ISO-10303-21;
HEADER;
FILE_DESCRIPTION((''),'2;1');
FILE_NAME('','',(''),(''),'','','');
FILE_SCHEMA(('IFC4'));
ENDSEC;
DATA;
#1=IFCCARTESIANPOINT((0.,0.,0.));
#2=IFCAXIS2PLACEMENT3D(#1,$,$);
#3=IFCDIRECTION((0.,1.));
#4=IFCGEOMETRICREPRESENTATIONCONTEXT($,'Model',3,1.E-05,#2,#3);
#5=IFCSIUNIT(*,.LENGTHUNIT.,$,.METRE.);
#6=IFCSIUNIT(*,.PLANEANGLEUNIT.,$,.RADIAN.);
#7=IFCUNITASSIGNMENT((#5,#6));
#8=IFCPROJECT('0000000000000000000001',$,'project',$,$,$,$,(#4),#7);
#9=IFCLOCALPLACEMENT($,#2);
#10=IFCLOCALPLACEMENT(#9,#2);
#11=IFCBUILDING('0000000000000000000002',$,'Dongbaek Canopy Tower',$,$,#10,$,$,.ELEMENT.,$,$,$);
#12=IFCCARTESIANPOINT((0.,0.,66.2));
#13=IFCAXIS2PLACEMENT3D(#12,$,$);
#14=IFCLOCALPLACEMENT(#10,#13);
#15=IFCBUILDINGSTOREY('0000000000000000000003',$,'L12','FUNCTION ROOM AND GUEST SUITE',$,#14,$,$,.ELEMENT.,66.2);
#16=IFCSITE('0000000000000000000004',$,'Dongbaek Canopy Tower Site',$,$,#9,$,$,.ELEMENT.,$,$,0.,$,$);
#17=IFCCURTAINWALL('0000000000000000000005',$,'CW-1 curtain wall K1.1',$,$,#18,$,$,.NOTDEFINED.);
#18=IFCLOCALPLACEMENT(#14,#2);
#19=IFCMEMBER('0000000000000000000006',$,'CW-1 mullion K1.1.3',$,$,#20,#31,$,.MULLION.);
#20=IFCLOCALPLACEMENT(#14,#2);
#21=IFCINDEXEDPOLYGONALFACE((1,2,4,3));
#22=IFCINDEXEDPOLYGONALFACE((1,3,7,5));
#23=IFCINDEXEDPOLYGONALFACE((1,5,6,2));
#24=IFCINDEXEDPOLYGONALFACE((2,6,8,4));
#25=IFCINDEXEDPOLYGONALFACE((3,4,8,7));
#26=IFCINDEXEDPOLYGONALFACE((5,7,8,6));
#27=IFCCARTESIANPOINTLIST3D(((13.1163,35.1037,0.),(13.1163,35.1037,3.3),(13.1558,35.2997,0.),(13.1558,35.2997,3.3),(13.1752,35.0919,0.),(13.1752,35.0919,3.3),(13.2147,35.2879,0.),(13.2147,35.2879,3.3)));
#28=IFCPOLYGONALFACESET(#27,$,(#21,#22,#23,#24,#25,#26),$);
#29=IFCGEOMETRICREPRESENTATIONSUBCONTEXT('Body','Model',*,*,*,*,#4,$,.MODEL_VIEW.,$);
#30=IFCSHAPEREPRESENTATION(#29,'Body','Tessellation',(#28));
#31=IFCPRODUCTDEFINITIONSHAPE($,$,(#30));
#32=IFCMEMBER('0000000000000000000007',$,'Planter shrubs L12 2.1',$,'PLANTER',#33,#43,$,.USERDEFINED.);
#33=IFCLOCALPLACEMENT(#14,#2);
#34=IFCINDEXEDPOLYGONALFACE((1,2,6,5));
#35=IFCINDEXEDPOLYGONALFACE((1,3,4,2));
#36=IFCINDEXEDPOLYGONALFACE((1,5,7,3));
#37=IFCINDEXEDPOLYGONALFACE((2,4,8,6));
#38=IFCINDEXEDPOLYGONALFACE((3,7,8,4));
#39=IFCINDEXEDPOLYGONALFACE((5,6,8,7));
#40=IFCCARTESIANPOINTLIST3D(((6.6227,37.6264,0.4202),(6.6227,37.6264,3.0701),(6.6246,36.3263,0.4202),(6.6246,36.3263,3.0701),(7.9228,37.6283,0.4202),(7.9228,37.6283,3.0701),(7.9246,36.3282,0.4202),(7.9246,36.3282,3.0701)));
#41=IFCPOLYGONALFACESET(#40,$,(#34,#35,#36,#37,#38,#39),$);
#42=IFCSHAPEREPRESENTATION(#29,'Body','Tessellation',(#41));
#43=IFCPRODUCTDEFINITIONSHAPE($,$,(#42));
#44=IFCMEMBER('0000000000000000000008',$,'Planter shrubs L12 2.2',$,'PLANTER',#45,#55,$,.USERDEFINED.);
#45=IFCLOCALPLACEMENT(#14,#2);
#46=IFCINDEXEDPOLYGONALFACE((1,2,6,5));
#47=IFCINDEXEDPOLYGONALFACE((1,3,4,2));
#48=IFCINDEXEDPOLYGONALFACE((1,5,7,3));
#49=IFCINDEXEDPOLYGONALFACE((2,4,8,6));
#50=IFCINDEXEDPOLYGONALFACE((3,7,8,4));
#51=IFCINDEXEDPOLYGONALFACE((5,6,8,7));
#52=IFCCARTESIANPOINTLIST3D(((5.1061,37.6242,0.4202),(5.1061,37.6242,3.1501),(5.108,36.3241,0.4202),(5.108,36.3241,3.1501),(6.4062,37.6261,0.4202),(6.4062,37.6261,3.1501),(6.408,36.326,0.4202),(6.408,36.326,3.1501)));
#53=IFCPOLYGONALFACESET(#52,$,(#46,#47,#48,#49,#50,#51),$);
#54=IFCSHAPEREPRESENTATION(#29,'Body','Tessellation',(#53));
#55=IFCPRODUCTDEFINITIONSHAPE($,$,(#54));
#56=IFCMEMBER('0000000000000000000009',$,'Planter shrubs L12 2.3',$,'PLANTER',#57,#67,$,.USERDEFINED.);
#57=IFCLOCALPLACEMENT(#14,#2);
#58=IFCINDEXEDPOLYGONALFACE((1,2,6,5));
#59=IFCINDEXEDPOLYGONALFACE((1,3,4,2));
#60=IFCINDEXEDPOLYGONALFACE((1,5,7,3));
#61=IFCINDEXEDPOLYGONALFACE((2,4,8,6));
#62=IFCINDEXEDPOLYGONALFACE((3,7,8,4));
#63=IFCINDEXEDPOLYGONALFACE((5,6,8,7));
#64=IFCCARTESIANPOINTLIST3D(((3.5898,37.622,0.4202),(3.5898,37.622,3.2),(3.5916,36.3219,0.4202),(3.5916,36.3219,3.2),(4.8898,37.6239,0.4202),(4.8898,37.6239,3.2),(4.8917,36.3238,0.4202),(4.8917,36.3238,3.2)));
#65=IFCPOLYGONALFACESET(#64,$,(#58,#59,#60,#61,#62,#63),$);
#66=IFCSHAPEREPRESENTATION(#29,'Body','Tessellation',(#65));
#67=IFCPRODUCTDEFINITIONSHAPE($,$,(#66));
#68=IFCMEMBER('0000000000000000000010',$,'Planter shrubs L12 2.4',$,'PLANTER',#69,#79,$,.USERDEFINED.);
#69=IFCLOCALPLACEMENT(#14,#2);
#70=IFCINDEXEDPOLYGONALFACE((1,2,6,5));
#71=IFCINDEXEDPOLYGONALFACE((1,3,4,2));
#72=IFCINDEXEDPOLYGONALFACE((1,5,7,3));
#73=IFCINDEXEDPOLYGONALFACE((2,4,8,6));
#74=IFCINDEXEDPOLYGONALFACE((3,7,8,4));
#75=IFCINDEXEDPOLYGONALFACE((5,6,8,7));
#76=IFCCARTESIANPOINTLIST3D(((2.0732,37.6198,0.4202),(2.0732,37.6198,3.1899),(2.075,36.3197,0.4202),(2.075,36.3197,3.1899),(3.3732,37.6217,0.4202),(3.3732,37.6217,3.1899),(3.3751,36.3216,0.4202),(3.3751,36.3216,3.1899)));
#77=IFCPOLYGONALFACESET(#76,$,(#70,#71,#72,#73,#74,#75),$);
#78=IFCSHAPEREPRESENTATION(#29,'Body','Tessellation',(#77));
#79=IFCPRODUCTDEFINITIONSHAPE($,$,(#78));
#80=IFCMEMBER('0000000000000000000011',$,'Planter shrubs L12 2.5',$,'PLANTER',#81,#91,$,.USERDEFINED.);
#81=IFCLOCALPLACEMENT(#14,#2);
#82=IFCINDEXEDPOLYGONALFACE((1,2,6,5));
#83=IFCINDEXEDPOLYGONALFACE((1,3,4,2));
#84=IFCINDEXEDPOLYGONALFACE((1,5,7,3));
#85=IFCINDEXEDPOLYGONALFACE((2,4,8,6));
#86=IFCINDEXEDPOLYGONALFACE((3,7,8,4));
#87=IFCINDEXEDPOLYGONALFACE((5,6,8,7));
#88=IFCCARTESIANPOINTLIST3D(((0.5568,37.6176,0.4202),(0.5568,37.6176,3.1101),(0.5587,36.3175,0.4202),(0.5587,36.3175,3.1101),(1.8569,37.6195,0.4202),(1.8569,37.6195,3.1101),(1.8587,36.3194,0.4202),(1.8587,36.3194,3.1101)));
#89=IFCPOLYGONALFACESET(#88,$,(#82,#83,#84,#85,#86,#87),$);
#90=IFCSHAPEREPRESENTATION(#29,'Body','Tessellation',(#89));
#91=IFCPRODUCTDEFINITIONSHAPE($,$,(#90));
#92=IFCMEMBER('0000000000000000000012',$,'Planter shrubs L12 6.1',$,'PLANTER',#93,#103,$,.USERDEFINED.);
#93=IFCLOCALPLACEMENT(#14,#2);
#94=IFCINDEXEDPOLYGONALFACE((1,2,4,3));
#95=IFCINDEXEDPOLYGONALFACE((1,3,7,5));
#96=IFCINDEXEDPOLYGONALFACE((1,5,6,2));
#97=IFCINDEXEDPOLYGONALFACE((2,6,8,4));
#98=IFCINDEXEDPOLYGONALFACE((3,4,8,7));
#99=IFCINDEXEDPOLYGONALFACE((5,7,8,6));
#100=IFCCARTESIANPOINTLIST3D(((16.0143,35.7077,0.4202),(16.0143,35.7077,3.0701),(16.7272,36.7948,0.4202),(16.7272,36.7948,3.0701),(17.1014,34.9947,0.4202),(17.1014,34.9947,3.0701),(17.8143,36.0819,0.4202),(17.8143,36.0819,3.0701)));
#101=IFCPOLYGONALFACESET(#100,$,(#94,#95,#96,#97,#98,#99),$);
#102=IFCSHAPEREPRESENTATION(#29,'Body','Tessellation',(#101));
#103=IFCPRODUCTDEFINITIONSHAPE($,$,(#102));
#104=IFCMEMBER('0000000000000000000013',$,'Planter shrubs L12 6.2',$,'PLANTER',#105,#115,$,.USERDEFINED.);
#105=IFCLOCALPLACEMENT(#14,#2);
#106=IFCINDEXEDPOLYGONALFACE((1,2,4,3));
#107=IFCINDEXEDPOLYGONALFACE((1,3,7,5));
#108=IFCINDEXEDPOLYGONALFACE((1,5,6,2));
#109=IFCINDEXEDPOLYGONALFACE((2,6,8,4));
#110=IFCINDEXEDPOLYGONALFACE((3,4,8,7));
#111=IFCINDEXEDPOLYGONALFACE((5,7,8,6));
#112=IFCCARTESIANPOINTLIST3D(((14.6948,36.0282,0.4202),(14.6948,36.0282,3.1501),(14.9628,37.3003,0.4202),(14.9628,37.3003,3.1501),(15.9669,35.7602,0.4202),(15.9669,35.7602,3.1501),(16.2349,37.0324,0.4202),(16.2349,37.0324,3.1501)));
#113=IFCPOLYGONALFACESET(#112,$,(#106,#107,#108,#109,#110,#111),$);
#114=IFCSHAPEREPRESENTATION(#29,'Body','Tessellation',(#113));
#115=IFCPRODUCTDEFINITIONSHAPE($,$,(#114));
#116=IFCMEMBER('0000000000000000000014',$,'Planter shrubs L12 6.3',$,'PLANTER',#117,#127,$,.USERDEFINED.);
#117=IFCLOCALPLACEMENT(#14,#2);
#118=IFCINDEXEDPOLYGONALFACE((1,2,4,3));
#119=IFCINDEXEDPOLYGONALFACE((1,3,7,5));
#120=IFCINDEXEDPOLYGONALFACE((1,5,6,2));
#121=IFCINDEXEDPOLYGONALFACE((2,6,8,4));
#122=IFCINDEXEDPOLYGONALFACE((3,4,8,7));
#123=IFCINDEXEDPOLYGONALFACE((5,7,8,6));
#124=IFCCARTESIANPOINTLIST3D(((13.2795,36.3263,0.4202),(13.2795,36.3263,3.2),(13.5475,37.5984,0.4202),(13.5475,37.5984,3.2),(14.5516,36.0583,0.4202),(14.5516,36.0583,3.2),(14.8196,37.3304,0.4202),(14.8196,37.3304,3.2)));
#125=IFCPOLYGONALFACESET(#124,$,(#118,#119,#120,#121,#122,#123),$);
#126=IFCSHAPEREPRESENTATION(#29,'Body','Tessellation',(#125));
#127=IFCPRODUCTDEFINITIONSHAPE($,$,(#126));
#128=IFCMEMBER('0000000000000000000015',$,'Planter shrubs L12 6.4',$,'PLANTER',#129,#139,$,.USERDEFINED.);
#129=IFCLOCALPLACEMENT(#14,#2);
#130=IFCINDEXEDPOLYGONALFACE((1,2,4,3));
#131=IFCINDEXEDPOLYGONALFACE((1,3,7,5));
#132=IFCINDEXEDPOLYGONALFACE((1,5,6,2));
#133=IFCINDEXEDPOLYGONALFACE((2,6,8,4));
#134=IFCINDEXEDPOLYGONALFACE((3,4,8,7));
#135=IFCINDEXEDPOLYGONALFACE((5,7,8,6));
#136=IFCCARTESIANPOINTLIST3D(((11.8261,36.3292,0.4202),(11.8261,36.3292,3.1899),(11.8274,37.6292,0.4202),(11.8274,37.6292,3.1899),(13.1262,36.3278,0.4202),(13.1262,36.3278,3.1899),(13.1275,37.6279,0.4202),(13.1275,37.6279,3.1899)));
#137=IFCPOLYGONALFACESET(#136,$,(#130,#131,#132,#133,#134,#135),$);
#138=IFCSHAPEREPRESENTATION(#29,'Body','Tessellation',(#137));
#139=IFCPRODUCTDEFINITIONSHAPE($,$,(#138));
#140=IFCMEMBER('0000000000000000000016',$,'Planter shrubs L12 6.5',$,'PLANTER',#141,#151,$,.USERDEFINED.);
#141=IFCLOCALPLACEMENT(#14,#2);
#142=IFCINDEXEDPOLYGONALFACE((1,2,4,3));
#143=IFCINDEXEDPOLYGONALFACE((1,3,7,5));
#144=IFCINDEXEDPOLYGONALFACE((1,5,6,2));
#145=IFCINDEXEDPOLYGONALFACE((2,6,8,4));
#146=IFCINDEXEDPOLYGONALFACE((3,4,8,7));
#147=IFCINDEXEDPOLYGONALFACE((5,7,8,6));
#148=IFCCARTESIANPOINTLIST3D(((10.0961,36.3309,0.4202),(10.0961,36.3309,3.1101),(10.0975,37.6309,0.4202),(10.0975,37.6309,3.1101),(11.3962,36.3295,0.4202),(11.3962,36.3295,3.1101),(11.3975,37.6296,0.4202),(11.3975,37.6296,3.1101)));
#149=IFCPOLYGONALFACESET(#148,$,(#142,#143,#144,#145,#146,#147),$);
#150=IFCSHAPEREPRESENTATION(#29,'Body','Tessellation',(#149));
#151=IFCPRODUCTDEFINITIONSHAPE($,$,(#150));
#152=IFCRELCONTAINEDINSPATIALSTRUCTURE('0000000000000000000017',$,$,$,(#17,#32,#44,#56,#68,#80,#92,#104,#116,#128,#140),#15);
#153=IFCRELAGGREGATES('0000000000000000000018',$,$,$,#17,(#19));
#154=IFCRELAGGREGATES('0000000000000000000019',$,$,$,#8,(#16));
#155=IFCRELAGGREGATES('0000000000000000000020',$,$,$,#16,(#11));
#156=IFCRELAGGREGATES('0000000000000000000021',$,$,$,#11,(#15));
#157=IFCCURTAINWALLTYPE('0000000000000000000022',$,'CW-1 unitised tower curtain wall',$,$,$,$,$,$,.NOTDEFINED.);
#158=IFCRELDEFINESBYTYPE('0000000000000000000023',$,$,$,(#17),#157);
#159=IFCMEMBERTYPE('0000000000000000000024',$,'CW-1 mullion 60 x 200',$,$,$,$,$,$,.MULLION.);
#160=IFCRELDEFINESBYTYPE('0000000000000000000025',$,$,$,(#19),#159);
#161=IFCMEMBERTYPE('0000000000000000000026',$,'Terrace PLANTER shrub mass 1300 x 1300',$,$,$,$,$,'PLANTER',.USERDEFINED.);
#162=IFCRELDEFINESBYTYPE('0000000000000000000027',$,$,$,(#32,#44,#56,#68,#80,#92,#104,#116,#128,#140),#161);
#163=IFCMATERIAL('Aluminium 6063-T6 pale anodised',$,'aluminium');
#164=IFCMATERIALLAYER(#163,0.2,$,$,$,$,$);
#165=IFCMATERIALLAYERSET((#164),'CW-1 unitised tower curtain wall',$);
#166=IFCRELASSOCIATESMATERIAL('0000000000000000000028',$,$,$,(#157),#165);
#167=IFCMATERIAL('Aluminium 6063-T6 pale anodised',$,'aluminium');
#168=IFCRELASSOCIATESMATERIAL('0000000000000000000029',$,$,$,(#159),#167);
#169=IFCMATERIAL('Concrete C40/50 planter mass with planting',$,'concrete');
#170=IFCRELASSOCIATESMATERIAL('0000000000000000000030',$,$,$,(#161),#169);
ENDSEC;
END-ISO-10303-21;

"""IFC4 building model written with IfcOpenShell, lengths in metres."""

from ifc_helpers import new_model, si_unit, direction, frame, origin, origin_2d, place, context, subcontext, project, spatial, rectangle, extrude, material, layer, layer_set, material_profile, profile_set, type_object, element, aggregate, save


model = new_model("IFC4")

# Units and contexts
model_context = context("Model", 3, precision=1e-05, world=origin(), true_north=direction((0.0, 1.0)))
body_context = subcontext(model_context, "Body", "Model", "MODEL_VIEW")
ifc_project = project(units=[si_unit("LENGTHUNIT", "METRE"), si_unit("PLANEANGLEUNIT", "RADIAN")], contexts=[model_context])

# Site, building, storey
site_placement = place(None, origin())
site = spatial("IfcSite", under=ifc_project, at=site_placement, Name="Dongbaek Canopy Tower Site", CompositionType="ELEMENT", RefElevation=0.0)
building_placement = place(site_placement, origin())
building = spatial("IfcBuilding", under=site, at=building_placement, Name="Dongbaek Canopy Tower", CompositionType="ELEMENT")
storey_placement = place(building_placement, frame((0.0, 0.0, 66.2)))
storey = spatial("IfcBuildingStorey", under=building, at=storey_placement, Name="L12", Description="FUNCTION ROOM AND GUEST SUITE", CompositionType="ELEMENT", Elevation=66.2)

# Curtain wall, member
ifc_material_1 = material(Name="Aluminium 6063-T6 pale anodised", Category="aluminium")
ifc_layer_1 = layer(ifc_material_1, 0.2)
ifc_layer_set_1 = layer_set([ifc_layer_1], Name="CW-1 unitised tower curtain wall")
curtain_wall_type = type_object("IfcCurtainWallType", Name="CW-1 unitised tower curtain wall", PredefinedType="NOTDEFINED", material=ifc_layer_set_1)
curtain_wall_placement = place(storey_placement, origin())
curtain_wall = element("IfcCurtainWall", 1, at=curtain_wall_placement, inside=storey, type_object=curtain_wall_type, Name="CW-1 curtain wall K1.1", PredefinedType="NOTDEFINED")
ifc_material_2 = material(Name="Aluminium 6063-T6 pale anodised", Category="aluminium")
ifc_material_profile_1 = material_profile(ifc_material_2, rectangle(XDim=0.2, YDim=0.0601, at=origin_2d()), Name="CW-1 mullion 60 x 200")
ifc_profile_set_1 = profile_set([ifc_material_profile_1], Name="Aluminium 6063-T6 pale anodised")
member_type_1 = type_object("IfcMemberType", Name="CW-1 mullion 60 x 200", PredefinedType="MULLION", material=ifc_profile_set_1)
member_1_placement = place(storey_placement, frame((13.1655, 35.1958, 0.0), z_axis=(0.0, 0.0, 1.0), x_axis=(0.197555, 0.980292, 0.0)))
member_1 = element("IfcMember", 2, at=member_1_placement, type_object=member_type_1, Name="CW-1 mullion K1.1.3", PredefinedType="MULLION", context=body_context, shape_type="SweptSolid", body=[
    extrude(rectangle(XDim=0.2, YDim=0.0601, at=origin_2d()), origin(), (0.0, 0.0, 1.0), 3.3),
])
aggregate(curtain_wall, [member_1])

# Members
ifc_material_3 = material(Name="Concrete C40/50 planter mass with planting", Category="concrete")
ifc_material_profile_2 = material_profile(ifc_material_3, rectangle(XDim=1.3, YDim=1.3, at=origin_2d()), Name="Terrace PLANTER shrub mass 1300 x 1300")
ifc_profile_set_2 = profile_set([ifc_material_profile_2], Name="Concrete C40/50 planter mass with planting")
member_type_2 = type_object("IfcMemberType", Name="Terrace PLANTER shrub mass 1300 x 1300", ElementType="PLANTER", PredefinedType="USERDEFINED", material=ifc_profile_set_2)
member_2_placement = place(storey_placement, frame((7.2737, 36.9773, 0.4202), z_axis=(0.0, 0.0, 1.0), x_axis=(-0.001434, 0.999999, 0.0)))
element("IfcMember", 3, at=member_2_placement, inside=storey, type_object=member_type_2, Name="Planter shrubs L12 2.1", ObjectType="PLANTER", PredefinedType="USERDEFINED", context=body_context, shape_type="SweptSolid", body=[
    extrude(rectangle(XDim=1.3, YDim=1.3, at=origin_2d()), origin(), (0.0, 0.0, 1.0), 2.6499),
])
member_3_placement = place(storey_placement, frame((5.7571, 36.9751, 0.4202), z_axis=(0.0, 0.0, 1.0), x_axis=(-0.001434, 0.999999, 0.0)))
element("IfcMember", 4, at=member_3_placement, inside=storey, type_object=member_type_2, Name="Planter shrubs L12 2.2", ObjectType="PLANTER", PredefinedType="USERDEFINED", context=body_context, shape_type="SweptSolid", body=[
    extrude(rectangle(XDim=1.3, YDim=1.3, at=origin_2d()), origin(), (0.0, 0.0, 1.0), 2.73),
])
member_4_placement = place(storey_placement, frame((4.2407, 36.9729, 0.4202), z_axis=(0.0, 0.0, 1.0), x_axis=(-0.001434, 0.999999, 0.0)))
element("IfcMember", 5, at=member_4_placement, inside=storey, type_object=member_type_2, Name="Planter shrubs L12 2.3", ObjectType="PLANTER", PredefinedType="USERDEFINED", context=body_context, shape_type="SweptSolid", body=[
    extrude(rectangle(XDim=1.3, YDim=1.3, at=origin_2d()), origin(), (0.0, 0.0, 1.0), 2.7798),
])
member_5_placement = place(storey_placement, frame((2.7241, 36.9707, 0.4202), z_axis=(0.0, 0.0, 1.0), x_axis=(-0.001434, 0.999999, 0.0)))
element("IfcMember", 6, at=member_5_placement, inside=storey, type_object=member_type_2, Name="Planter shrubs L12 2.4", ObjectType="PLANTER", PredefinedType="USERDEFINED", context=body_context, shape_type="SweptSolid", body=[
    extrude(rectangle(XDim=1.3, YDim=1.3, at=origin_2d()), origin(), (0.0, 0.0, 1.0), 2.7698),
])
member_6_placement = place(storey_placement, frame((1.2078, 36.9685, 0.4202), z_axis=(0.0, 0.0, 1.0), x_axis=(-0.001434, 0.999999, 0.0)))
element("IfcMember", 7, at=member_6_placement, inside=storey, type_object=member_type_2, Name="Planter shrubs L12 2.5", ObjectType="PLANTER", PredefinedType="USERDEFINED", context=body_context, shape_type="SweptSolid", body=[
    extrude(rectangle(XDim=1.3, YDim=1.3, at=origin_2d()), origin(), (0.0, 0.0, 1.0), 2.6899),
])
member_7_placement = place(storey_placement, frame((16.9143, 35.8948, 0.4202), z_axis=(0.0, 0.0, 1.0), x_axis=(0.548369, 0.836236, 0.0)))
element("IfcMember", 8, at=member_7_placement, inside=storey, type_object=member_type_2, Name="Planter shrubs L12 6.1", ObjectType="PLANTER", PredefinedType="USERDEFINED", context=body_context, shape_type="SweptSolid", body=[
    extrude(rectangle(XDim=1.3, YDim=1.3, at=origin_2d()), origin(), (0.0, 0.0, 1.0), 2.6499),
])
member_8_placement = place(storey_placement, frame((15.4648, 36.5303, 0.4202), z_axis=(0.0, 0.0, 1.0), x_axis=(0.206128, 0.978525, 0.0)))
element("IfcMember", 9, at=member_8_placement, inside=storey, type_object=member_type_2, Name="Planter shrubs L12 6.2", ObjectType="PLANTER", PredefinedType="USERDEFINED", context=body_context, shape_type="SweptSolid", body=[
    extrude(rectangle(XDim=1.3, YDim=1.3, at=origin_2d()), origin(), (0.0, 0.0, 1.0), 2.73),
])
member_9_placement = place(storey_placement, frame((14.0496, 36.8284, 0.4202), z_axis=(0.0, 0.0, 1.0), x_axis=(0.206128, 0.978525, 0.0)))
element("IfcMember", 10, at=member_9_placement, inside=storey, type_object=member_type_2, Name="Planter shrubs L12 6.3", ObjectType="PLANTER", PredefinedType="USERDEFINED", context=body_context, shape_type="SweptSolid", body=[
    extrude(rectangle(XDim=1.3, YDim=1.3, at=origin_2d()), origin(), (0.0, 0.0, 1.0), 2.7798),
])
member_10_placement = place(storey_placement, frame((12.4768, 36.9785, 0.4202), z_axis=(0.0, 0.0, 1.0), x_axis=(0.001013, 0.999999, 0.0)))
element("IfcMember", 11, at=member_10_placement, inside=storey, type_object=member_type_2, Name="Planter shrubs L12 6.4", ObjectType="PLANTER", PredefinedType="USERDEFINED", context=body_context, shape_type="SweptSolid", body=[
    extrude(rectangle(XDim=1.3, YDim=1.3, at=origin_2d()), origin(), (0.0, 0.0, 1.0), 2.7698),
])
member_11_placement = place(storey_placement, frame((10.7468, 36.9802, 0.4202), z_axis=(0.0, 0.0, 1.0), x_axis=(0.001013, 0.999999, 0.0)))
element("IfcMember", 12, at=member_11_placement, inside=storey, type_object=member_type_2, Name="Planter shrubs L12 6.5", ObjectType="PLANTER", PredefinedType="USERDEFINED", context=body_context, shape_type="SweptSolid", body=[
    extrude(rectangle(XDim=1.3, YDim=1.3, at=origin_2d()), origin(), (0.0, 0.0, 1.0), 2.6899),
])

save(model, "model.ifc")
